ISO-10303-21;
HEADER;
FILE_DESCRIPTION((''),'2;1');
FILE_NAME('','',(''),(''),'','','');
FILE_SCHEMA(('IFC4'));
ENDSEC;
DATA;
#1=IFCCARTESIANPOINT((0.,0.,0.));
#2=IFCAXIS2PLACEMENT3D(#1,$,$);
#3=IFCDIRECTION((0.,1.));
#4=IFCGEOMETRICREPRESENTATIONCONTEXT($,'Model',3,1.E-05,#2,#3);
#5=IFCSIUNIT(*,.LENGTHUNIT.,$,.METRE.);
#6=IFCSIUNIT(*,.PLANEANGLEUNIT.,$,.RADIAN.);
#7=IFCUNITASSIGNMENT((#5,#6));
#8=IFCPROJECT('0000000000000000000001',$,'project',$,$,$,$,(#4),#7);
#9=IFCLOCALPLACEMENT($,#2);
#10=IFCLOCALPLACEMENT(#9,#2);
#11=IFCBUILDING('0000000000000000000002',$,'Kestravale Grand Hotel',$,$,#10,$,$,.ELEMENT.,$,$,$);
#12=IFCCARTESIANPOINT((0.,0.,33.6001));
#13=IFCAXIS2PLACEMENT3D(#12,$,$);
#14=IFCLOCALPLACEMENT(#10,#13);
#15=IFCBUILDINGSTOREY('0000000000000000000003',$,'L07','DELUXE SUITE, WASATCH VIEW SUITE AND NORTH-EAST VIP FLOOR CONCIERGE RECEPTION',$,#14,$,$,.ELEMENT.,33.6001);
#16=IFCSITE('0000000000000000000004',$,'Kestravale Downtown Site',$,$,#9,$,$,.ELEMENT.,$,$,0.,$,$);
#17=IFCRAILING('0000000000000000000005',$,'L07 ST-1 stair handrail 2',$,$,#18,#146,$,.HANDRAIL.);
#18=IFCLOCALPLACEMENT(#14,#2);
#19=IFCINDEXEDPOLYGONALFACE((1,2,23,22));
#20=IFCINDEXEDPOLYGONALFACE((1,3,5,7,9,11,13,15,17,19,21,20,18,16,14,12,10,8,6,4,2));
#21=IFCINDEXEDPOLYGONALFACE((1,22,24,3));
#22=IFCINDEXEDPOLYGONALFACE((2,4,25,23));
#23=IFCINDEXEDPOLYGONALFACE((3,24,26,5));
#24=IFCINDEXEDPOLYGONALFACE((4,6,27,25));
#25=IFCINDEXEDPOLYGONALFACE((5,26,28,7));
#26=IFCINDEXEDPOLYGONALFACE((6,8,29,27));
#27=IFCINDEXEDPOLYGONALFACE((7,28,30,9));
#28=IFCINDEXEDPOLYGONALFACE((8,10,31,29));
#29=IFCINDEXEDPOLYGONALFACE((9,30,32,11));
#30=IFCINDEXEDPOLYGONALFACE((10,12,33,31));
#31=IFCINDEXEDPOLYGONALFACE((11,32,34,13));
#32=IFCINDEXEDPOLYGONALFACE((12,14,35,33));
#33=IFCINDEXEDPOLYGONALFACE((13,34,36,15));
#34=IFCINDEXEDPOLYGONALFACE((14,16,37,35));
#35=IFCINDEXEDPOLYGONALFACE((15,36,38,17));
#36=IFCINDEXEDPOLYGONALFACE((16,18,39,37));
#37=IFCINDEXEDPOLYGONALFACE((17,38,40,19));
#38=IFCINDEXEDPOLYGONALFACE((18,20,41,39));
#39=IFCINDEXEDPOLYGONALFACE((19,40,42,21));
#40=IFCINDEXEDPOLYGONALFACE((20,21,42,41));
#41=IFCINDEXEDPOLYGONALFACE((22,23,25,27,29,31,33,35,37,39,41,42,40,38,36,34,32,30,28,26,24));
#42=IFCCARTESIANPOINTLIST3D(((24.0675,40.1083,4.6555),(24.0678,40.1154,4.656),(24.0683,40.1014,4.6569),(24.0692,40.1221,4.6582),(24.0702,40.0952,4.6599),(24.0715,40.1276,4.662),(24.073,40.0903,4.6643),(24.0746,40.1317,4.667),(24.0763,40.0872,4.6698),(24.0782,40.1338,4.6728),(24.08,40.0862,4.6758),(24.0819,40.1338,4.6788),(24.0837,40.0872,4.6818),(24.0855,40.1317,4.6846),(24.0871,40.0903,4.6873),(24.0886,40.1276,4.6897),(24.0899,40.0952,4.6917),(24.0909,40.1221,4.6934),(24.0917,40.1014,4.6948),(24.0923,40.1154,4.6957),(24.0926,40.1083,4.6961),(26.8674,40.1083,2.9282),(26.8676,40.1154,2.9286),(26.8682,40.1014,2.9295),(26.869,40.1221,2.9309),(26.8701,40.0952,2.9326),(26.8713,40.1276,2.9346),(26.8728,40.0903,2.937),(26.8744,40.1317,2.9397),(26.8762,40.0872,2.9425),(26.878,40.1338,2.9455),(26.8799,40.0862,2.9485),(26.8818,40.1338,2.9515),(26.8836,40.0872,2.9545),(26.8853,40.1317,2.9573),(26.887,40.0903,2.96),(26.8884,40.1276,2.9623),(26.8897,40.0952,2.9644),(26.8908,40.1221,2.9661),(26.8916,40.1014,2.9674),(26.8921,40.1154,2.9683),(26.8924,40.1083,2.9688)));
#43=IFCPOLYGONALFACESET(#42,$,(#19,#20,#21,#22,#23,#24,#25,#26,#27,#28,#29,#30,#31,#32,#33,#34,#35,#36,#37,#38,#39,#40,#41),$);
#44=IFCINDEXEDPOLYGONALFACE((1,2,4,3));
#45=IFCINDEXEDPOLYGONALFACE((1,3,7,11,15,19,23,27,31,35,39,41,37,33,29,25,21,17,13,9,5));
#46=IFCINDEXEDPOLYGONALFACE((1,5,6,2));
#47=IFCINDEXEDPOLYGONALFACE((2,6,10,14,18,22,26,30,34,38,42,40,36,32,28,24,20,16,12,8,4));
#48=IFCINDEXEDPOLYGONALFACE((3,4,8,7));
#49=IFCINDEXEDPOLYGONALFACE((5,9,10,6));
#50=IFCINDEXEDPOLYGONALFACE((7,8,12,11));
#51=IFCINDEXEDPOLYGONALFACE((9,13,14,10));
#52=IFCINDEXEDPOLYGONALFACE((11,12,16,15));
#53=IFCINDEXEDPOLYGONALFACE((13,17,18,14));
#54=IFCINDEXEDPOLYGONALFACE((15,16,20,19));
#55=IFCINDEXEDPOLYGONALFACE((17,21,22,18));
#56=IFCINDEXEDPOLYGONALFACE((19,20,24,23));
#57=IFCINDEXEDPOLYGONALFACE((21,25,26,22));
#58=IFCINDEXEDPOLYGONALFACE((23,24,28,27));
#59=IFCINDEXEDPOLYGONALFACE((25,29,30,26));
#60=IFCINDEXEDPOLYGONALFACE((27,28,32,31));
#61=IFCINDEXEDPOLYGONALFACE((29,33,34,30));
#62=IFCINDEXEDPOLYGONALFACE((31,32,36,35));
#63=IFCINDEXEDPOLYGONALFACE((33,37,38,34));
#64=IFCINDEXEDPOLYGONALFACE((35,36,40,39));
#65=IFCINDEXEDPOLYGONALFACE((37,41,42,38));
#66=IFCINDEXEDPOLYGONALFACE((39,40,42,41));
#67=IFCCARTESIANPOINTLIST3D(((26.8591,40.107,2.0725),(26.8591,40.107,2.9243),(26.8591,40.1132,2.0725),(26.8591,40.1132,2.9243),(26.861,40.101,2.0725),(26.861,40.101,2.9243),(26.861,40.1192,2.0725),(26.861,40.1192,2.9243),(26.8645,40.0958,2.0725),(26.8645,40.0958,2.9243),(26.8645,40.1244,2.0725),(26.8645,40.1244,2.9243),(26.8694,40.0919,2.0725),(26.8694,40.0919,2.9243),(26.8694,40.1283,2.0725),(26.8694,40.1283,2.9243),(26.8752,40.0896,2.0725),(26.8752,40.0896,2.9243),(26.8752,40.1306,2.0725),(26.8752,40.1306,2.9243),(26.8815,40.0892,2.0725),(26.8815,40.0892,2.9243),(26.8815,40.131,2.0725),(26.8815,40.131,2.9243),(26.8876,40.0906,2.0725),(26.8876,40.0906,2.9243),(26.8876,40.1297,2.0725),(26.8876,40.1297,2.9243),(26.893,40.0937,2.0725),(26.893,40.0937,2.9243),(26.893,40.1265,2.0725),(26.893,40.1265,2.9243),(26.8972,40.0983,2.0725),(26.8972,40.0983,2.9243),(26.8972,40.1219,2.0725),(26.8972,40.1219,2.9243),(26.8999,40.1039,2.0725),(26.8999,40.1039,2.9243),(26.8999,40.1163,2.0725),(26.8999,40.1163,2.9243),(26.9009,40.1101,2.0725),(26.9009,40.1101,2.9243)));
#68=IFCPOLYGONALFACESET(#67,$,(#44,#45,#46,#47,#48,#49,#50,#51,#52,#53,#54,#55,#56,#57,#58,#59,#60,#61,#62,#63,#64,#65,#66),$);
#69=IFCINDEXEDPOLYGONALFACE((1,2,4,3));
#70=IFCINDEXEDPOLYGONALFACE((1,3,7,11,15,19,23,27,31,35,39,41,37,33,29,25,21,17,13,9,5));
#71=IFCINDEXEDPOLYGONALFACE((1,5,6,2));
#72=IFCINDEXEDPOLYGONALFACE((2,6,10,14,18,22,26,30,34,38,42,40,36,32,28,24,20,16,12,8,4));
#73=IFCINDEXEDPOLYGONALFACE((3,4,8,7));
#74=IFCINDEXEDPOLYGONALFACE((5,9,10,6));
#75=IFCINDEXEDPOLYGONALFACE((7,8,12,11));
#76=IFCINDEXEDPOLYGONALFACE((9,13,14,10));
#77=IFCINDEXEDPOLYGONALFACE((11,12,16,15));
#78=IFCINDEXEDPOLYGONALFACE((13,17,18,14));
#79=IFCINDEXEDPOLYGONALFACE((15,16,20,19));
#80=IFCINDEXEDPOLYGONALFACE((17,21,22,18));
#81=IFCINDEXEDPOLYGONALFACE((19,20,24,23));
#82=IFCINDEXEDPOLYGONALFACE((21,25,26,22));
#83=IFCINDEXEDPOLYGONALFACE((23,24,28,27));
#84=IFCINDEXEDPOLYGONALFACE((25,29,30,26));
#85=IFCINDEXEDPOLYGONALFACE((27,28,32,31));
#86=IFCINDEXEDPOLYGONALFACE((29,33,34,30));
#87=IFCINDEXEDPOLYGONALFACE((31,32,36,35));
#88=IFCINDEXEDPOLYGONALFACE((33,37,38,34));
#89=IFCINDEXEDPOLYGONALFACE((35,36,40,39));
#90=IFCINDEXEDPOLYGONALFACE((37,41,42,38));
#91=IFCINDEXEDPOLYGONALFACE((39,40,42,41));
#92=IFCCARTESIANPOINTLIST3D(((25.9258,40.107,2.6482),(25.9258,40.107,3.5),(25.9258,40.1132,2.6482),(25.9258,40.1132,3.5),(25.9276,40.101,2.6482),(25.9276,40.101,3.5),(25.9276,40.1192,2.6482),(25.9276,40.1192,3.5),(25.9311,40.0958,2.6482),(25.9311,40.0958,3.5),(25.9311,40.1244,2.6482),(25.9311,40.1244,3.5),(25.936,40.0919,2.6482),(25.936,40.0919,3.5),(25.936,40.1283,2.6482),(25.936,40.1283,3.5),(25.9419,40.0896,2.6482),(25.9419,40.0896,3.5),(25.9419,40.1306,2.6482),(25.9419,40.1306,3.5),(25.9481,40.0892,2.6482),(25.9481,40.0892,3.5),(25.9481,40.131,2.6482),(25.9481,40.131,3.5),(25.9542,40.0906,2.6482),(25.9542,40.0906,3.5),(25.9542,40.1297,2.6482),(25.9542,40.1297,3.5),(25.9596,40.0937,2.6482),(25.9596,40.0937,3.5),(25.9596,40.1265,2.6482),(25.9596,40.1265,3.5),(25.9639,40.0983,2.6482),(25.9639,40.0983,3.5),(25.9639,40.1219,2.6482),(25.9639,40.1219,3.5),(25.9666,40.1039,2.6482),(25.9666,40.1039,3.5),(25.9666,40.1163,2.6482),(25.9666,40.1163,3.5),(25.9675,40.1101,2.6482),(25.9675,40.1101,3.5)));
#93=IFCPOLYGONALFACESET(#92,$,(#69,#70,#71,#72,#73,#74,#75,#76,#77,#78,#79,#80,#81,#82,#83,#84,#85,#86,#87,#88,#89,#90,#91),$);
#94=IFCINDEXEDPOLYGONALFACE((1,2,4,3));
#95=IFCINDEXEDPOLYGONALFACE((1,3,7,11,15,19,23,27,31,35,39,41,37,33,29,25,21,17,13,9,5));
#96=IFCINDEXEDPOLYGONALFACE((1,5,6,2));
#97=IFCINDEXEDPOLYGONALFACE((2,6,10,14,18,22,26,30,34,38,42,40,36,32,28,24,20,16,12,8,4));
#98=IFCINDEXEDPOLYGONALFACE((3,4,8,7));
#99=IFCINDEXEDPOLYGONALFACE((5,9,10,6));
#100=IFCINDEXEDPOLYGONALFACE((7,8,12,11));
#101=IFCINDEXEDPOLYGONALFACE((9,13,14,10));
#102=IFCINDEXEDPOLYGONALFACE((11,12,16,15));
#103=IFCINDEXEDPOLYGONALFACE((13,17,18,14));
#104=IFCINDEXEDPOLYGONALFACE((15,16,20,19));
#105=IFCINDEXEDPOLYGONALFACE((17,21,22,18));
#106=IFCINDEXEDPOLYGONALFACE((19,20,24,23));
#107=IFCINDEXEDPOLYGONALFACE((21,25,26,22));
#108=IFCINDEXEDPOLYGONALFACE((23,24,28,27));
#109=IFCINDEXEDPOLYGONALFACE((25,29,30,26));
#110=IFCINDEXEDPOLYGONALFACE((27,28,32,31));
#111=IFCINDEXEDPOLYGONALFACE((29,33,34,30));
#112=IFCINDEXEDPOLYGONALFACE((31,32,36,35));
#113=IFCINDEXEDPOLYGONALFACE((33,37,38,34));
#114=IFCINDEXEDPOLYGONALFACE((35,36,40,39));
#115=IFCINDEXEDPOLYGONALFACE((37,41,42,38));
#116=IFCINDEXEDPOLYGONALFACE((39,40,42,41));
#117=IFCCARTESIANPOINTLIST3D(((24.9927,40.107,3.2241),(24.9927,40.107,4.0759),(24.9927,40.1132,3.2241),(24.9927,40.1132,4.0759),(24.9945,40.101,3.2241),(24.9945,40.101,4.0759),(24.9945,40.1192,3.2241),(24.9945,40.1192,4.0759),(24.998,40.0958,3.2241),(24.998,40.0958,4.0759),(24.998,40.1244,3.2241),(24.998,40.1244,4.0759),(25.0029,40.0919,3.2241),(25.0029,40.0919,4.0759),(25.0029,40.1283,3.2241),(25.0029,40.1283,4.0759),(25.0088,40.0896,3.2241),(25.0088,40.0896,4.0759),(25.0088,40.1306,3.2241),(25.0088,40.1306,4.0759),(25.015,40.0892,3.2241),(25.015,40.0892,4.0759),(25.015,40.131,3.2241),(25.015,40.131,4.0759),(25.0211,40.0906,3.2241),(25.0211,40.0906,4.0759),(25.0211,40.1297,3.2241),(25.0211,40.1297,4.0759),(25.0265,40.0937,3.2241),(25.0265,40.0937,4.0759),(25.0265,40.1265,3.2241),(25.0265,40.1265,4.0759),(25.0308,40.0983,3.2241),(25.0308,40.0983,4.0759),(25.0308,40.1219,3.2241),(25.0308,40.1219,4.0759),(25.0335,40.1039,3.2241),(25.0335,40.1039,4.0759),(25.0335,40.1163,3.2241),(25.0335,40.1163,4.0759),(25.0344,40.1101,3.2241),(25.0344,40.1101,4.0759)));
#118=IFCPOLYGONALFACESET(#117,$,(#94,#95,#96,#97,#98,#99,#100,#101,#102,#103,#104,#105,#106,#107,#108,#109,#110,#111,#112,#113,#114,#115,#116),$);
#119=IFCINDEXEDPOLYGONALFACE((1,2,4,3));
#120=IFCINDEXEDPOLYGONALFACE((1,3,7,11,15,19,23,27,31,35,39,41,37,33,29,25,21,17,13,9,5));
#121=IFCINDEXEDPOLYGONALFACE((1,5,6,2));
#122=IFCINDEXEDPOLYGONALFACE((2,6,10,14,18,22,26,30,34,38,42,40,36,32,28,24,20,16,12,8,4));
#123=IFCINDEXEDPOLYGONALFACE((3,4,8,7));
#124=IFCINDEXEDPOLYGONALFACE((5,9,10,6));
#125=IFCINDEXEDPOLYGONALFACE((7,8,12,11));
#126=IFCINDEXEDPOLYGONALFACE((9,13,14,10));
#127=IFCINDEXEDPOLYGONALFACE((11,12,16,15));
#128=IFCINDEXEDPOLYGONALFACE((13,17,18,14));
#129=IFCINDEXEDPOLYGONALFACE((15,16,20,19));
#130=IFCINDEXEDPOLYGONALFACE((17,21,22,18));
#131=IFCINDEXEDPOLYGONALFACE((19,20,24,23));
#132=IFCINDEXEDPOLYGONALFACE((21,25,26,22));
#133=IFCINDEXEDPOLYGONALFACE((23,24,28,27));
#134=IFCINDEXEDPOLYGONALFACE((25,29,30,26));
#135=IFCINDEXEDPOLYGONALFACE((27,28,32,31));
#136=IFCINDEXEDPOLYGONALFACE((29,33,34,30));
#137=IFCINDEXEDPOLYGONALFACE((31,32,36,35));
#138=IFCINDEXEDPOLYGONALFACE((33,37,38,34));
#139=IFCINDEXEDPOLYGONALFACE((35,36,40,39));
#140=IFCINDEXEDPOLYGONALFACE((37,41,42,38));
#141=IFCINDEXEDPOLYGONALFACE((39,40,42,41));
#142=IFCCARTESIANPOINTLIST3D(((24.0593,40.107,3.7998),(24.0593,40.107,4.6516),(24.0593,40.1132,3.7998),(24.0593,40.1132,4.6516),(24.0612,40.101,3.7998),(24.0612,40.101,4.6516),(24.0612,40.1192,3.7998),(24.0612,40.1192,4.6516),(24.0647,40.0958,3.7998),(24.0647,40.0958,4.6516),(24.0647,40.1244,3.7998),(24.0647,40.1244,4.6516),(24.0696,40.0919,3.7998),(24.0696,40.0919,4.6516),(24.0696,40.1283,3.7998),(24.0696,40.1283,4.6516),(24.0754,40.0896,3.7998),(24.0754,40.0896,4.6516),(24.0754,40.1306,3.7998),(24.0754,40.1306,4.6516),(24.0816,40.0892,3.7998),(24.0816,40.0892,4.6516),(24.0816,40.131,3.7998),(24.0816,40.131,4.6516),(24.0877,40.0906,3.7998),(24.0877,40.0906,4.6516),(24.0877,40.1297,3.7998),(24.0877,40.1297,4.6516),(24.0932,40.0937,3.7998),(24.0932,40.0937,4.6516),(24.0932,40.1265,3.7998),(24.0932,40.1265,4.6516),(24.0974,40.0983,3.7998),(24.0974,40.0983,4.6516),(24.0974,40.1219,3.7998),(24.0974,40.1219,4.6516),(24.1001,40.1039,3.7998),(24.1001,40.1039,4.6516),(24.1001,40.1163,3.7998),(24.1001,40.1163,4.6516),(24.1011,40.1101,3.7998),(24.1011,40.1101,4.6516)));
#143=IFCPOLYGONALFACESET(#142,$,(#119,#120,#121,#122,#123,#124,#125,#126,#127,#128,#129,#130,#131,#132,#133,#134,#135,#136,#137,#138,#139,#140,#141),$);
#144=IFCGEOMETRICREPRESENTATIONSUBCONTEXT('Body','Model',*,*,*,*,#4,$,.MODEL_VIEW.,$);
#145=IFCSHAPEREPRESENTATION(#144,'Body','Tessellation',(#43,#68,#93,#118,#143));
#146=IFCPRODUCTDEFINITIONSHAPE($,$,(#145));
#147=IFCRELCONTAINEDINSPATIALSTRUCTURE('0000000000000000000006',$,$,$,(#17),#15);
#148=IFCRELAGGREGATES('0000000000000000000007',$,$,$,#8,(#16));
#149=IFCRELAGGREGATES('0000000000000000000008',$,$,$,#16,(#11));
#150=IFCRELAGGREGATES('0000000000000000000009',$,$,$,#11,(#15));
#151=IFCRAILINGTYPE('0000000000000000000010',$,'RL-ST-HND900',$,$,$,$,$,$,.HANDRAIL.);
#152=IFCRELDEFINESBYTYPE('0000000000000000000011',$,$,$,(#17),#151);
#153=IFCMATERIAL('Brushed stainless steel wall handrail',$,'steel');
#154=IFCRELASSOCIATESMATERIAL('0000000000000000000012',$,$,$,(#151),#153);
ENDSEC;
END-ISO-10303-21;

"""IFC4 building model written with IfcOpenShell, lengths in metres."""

from ifc_helpers import new_model, si_unit, direction, frame, origin, origin_2d, place, context, subcontext, project, spatial, circle, extrude, material, type_object, element, save


model = new_model("IFC4")

# Units and contexts
model_context = context("Model", 3, precision=1e-05, world=origin(), true_north=direction((0.0, 1.0)))
body_context = subcontext(model_context, "Body", "Model", "MODEL_VIEW")
ifc_project = project(units=[si_unit("LENGTHUNIT", "METRE"), si_unit("PLANEANGLEUNIT", "RADIAN")], contexts=[model_context])

# Site, building, storey
site_placement = place(None, origin())
site = spatial("IfcSite", under=ifc_project, at=site_placement, Name="Kestravale Downtown Site", CompositionType="ELEMENT", RefElevation=0.0)
building_placement = place(site_placement, origin())
building = spatial("IfcBuilding", under=site, at=building_placement, Name="Kestravale Grand Hotel", CompositionType="ELEMENT")
storey_placement = place(building_placement, frame((0.0, 0.0, 33.6001)))
storey = spatial("IfcBuildingStorey", under=building, at=storey_placement, Name="L07", Description="DELUXE SUITE, WASATCH VIEW SUITE AND NORTH-EAST VIP FLOOR CONCIERGE RECEPTION", CompositionType="ELEMENT", Elevation=33.6001)

# Railing
ifc_material_1 = material(Name="Brushed stainless steel wall handrail", Category="steel")
railing_type_1 = type_object("IfcRailingType", Name="RL-ST-HND900", PredefinedType="HANDRAIL", material=ifc_material_1)
railing_1_placement = place(storey_placement, frame((26.8799, 40.1101, 2.0725)))
element("IfcRailing", 1, at=railing_1_placement, inside=storey, type_object=railing_type_1, Name="L07 ST-1 stair handrail 2", PredefinedType="HANDRAIL", context=body_context, shape_type="SweptSolid", body=[
    extrude(circle(Radius=0.0239, at=origin_2d()), frame((0.0, 0.0, 0.876), z_axis=(-0.851069, 0.0, 0.525054), x_axis=(0.0, -1.0, 0.0)), (0.0, 0.0, 1.0), 3.2898),
    extrude(circle(Radius=0.021, at=origin_2d()), origin(), (0.0, 0.0, 1.0), 0.8518),
    extrude(circle(Radius=0.021, at=origin_2d()), frame((-0.9333, 0.0, 0.5757)), (0.0, 0.0, 1.0), 0.8518),
    extrude(circle(Radius=0.021, at=origin_2d()), frame((-1.8665, 0.0, 1.1516)), (0.0, 0.0, 1.0), 0.8518),
    extrude(circle(Radius=0.021, at=origin_2d()), frame((-2.7998, 0.0, 1.7273)), (0.0, 0.0, 1.0), 0.8518),
])

save(model, "model.ifc")
